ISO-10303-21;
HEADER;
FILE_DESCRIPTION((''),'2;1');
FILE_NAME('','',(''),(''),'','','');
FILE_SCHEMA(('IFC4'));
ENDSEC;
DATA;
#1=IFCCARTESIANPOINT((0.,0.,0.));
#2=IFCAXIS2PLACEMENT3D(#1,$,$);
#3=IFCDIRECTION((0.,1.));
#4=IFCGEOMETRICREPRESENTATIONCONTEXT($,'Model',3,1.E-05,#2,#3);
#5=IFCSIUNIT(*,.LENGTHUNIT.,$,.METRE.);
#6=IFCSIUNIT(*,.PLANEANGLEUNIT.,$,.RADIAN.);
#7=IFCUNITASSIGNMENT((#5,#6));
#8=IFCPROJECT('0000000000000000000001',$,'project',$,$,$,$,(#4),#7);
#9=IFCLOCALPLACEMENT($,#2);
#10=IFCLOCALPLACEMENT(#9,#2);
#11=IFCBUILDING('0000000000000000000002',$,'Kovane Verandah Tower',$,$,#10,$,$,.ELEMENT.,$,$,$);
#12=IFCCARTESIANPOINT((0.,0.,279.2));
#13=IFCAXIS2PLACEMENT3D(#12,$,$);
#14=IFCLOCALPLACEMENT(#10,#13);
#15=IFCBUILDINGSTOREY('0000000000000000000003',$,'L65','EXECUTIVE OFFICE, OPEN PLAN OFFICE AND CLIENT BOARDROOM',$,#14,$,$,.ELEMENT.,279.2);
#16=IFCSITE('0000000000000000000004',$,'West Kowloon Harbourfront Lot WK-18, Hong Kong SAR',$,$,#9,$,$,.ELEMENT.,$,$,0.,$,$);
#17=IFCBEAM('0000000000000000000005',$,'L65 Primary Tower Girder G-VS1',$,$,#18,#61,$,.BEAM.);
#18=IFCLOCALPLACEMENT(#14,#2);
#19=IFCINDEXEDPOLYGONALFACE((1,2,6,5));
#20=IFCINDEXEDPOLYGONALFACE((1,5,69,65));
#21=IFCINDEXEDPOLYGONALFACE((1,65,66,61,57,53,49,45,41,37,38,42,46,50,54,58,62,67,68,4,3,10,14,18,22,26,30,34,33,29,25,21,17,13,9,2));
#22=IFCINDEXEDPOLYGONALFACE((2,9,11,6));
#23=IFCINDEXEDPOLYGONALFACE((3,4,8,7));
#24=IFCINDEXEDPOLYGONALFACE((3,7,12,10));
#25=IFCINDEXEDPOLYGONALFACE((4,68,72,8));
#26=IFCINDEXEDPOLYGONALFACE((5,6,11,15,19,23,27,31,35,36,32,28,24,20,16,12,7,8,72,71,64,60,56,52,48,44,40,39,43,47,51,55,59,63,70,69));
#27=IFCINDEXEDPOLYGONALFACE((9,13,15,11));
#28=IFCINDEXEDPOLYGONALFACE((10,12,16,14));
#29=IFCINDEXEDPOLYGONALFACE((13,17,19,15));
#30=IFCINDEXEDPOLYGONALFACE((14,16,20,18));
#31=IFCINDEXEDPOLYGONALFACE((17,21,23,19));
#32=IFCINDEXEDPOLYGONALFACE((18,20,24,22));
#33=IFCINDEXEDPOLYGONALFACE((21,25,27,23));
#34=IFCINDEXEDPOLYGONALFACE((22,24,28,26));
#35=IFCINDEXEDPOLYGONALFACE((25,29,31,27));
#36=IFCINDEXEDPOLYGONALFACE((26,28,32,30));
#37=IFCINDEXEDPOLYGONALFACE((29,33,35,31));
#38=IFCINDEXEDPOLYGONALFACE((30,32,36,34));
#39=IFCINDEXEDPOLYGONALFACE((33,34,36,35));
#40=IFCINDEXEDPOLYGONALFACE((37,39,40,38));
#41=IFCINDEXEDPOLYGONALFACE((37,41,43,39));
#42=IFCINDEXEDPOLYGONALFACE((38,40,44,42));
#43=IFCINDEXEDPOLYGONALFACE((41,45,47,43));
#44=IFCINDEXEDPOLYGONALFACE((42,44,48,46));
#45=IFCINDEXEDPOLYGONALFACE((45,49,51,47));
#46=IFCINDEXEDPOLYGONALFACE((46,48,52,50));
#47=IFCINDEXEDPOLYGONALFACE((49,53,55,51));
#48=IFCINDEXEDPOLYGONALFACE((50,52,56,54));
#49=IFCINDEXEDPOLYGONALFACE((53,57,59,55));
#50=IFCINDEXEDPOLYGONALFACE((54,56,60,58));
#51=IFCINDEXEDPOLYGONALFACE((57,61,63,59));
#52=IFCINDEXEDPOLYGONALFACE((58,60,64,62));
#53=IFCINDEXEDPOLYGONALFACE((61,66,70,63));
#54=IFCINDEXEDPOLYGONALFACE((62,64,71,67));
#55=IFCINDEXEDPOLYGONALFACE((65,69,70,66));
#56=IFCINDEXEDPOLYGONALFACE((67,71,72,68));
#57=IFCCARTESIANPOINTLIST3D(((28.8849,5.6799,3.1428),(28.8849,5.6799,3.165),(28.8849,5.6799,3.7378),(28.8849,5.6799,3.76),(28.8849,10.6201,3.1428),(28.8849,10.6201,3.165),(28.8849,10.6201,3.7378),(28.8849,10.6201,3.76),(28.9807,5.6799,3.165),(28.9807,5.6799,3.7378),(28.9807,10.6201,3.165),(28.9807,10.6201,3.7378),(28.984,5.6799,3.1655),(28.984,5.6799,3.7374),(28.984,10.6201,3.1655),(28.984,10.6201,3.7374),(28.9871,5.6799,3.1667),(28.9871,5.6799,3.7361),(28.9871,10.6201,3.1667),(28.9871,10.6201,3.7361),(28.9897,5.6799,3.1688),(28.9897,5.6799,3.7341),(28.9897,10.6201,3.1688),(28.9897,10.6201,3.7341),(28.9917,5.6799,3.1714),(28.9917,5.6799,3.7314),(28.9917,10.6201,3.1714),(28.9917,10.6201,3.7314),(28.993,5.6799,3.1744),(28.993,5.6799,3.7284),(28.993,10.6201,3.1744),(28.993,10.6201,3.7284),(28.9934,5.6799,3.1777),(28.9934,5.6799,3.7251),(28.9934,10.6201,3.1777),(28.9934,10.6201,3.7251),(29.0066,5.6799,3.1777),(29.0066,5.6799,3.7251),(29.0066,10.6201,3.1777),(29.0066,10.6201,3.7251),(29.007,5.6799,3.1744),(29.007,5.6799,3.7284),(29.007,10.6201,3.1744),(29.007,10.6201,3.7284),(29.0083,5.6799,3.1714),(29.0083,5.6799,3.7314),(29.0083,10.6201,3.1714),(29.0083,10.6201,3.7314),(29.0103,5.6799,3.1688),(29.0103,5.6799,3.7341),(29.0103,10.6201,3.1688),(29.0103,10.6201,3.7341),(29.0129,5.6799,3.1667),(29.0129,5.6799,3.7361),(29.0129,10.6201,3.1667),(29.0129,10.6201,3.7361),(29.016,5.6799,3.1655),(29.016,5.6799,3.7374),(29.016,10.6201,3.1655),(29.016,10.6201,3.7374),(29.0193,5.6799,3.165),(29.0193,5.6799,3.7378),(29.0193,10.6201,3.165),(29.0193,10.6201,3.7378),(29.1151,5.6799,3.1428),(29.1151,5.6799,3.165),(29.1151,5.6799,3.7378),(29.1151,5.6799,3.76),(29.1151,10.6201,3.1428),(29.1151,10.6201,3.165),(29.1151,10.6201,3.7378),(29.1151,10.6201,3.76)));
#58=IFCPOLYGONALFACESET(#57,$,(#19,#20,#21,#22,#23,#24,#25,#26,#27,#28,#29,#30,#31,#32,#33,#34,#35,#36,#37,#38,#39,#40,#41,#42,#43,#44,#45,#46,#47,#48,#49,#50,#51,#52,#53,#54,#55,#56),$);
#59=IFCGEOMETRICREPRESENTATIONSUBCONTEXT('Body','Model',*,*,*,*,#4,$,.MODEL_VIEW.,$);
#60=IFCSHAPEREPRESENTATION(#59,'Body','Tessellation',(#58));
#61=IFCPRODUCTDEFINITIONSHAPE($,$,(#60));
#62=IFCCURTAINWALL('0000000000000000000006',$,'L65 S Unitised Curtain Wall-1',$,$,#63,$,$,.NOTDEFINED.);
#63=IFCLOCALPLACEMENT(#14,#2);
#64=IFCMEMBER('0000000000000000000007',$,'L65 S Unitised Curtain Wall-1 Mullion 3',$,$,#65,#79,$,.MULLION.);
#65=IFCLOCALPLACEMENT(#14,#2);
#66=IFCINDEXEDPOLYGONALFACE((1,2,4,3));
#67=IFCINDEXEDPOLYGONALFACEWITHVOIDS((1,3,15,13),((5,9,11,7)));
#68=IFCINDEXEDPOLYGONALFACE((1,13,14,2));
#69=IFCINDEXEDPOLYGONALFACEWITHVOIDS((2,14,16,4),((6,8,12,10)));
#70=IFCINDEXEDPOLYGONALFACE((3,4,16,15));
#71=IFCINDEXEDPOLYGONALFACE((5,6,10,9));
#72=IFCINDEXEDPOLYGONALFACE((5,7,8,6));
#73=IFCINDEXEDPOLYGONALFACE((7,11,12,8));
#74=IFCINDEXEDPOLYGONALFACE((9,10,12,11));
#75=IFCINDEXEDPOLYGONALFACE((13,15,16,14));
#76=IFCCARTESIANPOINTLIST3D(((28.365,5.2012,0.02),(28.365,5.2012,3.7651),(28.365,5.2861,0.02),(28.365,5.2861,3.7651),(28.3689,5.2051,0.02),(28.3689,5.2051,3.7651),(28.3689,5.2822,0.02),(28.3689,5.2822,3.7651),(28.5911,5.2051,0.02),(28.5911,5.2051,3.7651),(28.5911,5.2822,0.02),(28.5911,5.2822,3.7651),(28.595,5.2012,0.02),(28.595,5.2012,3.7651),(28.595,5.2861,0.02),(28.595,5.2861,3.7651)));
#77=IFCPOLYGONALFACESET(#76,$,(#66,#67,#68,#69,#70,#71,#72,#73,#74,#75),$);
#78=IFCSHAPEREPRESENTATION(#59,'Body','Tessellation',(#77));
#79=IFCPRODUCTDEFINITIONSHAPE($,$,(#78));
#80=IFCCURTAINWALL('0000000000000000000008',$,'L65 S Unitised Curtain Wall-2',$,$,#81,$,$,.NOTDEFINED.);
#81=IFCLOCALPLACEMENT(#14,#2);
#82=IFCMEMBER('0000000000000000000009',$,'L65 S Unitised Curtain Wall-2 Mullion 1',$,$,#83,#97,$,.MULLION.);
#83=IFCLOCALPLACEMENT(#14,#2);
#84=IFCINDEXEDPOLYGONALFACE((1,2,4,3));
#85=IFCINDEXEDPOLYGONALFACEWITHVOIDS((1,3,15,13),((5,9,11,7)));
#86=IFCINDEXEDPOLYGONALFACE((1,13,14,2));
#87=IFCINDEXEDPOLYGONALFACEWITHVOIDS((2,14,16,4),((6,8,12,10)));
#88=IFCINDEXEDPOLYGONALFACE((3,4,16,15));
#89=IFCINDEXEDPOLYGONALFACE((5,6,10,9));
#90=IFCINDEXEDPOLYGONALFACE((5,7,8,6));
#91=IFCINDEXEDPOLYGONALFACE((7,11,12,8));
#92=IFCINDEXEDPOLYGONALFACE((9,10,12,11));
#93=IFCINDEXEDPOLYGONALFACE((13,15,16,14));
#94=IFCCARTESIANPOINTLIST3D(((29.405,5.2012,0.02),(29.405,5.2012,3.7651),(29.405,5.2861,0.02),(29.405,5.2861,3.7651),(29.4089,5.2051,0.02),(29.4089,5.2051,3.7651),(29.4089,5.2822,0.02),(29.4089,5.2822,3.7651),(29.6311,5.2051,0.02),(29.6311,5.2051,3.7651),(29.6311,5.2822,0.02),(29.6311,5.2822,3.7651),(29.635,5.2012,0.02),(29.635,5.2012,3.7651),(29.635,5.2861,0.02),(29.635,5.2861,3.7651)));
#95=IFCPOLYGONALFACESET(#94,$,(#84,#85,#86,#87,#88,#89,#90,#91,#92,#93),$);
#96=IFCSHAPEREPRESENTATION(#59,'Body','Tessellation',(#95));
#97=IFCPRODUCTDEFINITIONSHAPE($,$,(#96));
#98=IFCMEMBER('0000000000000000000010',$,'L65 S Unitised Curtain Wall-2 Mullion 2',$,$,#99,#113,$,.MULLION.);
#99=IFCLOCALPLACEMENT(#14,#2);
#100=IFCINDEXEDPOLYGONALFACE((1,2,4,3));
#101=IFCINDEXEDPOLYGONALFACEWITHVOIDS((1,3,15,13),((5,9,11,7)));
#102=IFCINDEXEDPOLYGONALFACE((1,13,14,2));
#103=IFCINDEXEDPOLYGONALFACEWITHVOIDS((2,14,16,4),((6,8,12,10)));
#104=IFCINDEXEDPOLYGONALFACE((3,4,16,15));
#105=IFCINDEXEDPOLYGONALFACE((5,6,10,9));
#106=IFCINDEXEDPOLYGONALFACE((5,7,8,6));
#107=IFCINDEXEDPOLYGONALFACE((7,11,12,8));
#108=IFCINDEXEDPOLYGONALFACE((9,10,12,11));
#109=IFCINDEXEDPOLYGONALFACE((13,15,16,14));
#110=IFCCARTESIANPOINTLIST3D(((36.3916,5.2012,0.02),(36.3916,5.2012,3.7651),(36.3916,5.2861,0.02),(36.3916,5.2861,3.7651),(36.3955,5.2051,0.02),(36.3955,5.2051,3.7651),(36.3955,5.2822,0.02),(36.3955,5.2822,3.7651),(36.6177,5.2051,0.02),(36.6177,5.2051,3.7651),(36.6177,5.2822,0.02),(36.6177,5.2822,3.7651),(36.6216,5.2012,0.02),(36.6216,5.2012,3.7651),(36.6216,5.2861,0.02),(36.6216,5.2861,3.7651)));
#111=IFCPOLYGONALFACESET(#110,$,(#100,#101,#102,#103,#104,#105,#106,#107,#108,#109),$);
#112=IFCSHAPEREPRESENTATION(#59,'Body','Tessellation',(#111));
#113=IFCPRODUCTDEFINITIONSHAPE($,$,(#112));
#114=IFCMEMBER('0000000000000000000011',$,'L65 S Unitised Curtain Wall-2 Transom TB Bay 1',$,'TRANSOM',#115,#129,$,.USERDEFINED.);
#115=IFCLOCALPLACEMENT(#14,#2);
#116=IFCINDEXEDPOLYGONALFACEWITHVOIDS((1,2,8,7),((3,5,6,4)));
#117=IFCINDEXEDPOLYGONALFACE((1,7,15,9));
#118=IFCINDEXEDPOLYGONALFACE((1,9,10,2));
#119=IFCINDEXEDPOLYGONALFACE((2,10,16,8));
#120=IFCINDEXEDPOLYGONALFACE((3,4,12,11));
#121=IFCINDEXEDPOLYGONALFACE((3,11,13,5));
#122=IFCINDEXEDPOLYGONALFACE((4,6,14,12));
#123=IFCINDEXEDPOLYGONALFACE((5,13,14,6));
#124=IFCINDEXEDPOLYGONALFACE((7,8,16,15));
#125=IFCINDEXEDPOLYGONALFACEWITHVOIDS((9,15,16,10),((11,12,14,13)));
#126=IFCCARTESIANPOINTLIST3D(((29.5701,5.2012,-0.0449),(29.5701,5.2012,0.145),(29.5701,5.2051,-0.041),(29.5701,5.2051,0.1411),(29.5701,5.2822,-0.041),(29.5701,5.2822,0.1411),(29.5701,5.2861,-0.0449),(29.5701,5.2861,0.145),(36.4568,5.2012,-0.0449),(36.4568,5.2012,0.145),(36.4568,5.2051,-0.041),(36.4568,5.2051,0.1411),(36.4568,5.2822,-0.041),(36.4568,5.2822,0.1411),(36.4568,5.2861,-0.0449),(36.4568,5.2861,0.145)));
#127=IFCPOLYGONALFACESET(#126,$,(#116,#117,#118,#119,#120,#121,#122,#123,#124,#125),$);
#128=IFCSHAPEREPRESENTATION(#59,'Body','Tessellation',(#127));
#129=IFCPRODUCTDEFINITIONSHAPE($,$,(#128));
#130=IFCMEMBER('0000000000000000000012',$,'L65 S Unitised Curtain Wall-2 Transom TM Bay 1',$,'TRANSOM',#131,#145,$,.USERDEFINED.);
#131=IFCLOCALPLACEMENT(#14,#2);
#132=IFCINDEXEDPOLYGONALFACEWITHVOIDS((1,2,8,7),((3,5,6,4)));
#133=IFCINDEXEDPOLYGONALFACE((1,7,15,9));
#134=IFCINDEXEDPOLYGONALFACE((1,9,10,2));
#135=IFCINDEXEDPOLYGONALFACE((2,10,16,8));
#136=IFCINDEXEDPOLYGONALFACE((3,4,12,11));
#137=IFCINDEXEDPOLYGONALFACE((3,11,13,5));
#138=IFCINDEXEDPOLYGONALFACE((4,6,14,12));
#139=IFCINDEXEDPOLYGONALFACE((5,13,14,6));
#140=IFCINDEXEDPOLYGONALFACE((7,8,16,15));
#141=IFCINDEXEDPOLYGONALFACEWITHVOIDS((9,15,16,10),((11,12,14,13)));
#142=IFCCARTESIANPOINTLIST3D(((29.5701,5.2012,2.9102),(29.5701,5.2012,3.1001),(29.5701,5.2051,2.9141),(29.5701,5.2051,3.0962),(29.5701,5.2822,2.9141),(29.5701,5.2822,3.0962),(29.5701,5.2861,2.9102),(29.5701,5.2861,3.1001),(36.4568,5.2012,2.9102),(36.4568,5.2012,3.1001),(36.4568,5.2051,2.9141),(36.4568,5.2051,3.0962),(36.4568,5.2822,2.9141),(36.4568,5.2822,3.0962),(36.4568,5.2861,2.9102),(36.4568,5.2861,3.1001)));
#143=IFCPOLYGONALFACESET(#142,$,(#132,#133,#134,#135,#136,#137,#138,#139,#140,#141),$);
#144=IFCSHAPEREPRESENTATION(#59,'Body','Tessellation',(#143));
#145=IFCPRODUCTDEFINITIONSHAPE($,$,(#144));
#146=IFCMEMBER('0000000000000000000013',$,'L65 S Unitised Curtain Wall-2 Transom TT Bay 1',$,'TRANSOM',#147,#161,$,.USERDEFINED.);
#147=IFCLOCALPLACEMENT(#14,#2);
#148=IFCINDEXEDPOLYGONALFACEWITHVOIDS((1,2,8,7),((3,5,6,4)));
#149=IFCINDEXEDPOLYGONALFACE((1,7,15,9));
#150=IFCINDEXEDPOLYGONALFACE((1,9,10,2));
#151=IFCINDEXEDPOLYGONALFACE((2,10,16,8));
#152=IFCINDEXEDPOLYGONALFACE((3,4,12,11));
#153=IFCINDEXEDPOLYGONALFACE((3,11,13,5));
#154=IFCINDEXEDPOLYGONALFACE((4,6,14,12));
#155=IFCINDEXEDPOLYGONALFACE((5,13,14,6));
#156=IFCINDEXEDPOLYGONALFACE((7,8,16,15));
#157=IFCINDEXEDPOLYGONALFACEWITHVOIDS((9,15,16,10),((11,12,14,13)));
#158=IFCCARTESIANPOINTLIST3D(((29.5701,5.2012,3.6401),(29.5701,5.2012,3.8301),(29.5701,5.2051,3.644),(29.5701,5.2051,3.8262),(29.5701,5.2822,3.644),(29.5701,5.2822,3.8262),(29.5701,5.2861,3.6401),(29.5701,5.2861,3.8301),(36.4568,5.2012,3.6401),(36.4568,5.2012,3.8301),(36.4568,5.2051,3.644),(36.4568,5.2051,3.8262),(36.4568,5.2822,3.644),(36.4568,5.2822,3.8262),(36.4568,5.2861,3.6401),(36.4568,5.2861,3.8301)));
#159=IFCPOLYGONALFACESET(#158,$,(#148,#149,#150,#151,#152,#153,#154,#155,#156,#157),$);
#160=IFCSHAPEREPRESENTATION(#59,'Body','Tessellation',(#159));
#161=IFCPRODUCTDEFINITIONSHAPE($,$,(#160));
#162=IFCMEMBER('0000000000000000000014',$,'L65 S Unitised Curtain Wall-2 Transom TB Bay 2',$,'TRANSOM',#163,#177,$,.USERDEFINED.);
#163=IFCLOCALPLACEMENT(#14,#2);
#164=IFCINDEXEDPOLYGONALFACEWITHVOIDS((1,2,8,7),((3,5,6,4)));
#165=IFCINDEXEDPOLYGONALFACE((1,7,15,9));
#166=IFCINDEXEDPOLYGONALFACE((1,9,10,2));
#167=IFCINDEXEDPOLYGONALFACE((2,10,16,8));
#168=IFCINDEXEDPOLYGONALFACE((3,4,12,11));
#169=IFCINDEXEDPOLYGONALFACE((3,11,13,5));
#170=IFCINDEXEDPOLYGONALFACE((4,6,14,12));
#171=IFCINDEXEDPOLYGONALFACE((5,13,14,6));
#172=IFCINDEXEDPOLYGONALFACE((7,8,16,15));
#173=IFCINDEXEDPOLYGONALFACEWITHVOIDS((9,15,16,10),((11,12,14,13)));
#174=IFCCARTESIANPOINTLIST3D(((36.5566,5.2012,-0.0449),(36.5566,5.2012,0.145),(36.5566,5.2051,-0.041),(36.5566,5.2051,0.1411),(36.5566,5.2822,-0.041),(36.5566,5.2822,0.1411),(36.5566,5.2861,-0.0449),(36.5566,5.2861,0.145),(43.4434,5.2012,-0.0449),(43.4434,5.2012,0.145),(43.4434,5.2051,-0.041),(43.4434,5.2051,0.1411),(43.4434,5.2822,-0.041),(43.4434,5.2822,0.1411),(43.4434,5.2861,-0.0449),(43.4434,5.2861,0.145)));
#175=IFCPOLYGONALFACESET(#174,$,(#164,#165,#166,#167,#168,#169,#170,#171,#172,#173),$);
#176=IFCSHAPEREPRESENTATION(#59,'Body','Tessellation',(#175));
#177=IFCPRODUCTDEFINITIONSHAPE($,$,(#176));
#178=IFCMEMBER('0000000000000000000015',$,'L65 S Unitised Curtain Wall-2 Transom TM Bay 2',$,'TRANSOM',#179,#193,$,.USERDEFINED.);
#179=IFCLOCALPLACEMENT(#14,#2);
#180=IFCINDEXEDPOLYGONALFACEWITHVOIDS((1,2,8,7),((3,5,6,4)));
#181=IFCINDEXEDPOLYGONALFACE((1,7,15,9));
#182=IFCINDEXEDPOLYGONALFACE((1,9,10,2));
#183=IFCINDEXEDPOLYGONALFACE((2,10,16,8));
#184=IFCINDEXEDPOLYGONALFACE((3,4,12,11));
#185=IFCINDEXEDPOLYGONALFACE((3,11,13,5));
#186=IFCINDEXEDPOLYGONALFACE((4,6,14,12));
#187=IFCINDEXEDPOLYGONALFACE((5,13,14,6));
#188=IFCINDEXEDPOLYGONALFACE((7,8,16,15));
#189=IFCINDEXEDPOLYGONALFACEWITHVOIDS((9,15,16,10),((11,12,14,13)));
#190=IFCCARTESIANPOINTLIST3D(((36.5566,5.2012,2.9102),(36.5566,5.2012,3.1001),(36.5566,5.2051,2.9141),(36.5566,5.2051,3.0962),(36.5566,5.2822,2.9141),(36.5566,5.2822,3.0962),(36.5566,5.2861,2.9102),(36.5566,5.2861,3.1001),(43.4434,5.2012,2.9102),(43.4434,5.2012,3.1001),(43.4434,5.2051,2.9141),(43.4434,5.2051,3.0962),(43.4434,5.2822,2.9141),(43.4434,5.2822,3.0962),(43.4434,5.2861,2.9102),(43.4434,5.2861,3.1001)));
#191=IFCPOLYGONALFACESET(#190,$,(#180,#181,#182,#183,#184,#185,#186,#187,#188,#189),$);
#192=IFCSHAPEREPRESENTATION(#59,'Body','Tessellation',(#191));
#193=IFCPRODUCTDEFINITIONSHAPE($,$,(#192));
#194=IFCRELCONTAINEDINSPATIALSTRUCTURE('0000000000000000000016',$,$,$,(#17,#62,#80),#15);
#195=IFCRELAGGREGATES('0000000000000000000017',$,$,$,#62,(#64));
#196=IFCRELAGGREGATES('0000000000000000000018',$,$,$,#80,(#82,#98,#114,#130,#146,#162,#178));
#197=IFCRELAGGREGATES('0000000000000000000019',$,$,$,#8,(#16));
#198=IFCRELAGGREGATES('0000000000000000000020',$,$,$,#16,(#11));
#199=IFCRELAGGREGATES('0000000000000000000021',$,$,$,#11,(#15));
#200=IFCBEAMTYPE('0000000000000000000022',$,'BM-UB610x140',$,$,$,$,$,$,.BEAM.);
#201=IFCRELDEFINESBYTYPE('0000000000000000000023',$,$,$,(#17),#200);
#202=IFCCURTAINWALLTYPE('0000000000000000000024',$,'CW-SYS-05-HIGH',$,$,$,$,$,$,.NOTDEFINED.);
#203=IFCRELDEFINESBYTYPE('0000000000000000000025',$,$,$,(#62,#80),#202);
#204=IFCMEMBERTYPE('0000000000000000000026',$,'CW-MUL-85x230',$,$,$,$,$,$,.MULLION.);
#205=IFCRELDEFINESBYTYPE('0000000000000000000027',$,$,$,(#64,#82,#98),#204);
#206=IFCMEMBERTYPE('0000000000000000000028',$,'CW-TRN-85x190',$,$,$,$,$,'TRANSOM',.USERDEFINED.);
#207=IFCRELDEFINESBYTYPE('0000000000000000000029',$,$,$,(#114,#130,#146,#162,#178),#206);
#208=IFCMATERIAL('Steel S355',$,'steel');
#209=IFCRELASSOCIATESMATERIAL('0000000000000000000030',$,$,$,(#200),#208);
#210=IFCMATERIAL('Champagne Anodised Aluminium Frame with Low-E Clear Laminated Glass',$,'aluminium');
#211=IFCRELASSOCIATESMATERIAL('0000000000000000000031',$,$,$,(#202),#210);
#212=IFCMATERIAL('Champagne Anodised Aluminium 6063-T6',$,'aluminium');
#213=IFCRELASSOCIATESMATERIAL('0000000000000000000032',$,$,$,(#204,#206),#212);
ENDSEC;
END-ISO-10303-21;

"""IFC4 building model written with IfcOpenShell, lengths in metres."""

from ifc_helpers import new_model, si_unit, direction, frame, origin, origin_2d, place, context, subcontext, project, spatial, hollow_rectangle, i_section, extrude, material, material_profile, profile_set, type_object, element, aggregate, save


model = new_model("IFC4")

# Units and contexts
model_context = context("Model", 3, precision=1e-05, world=origin(), true_north=direction((0.0, 1.0)))
body_context = subcontext(model_context, "Body", "Model", "MODEL_VIEW")
ifc_project = project(units=[si_unit("LENGTHUNIT", "METRE"), si_unit("PLANEANGLEUNIT", "RADIAN")], contexts=[model_context])

# Site, building, storey
site_placement = place(None, origin())
site = spatial("IfcSite", under=ifc_project, at=site_placement, Name="West Kowloon Harbourfront Lot WK-18, Hong Kong SAR", CompositionType="ELEMENT", RefElevation=0.0)
building_placement = place(site_placement, origin())
building = spatial("IfcBuilding", under=site, at=building_placement, Name="Kovane Verandah Tower", CompositionType="ELEMENT")
storey_placement = place(building_placement, frame((0.0, 0.0, 279.2)))
storey = spatial("IfcBuildingStorey", under=building, at=storey_placement, Name="L65", Description="EXECUTIVE OFFICE, OPEN PLAN OFFICE AND CLIENT BOARDROOM", CompositionType="ELEMENT", Elevation=279.2)

# Beam
ifc_material_1 = material(Name="Steel S355", Category="steel")
ifc_material_profile_1 = material_profile(ifc_material_1, i_section(OverallWidth=0.2302, OverallDepth=0.6172, WebThickness=0.0132, FlangeThickness=0.0222, FilletRadius=0.0127, at=origin_2d()), Name="UB610x229x140")
ifc_profile_set_1 = profile_set([ifc_material_profile_1], Name="Steel S355")
beam_type_1 = type_object("IfcBeamType", Name="BM-UB610x140", PredefinedType="BEAM", material=ifc_profile_set_1)
beam_1_placement = place(storey_placement, frame((29.0, 10.6201, 3.4514), z_axis=(0.0, -1.0, 0.0), x_axis=(1.0, 0.0, 0.0)))
element("IfcBeam", 1, at=beam_1_placement, inside=storey, type_object=beam_type_1, Name="L65 Primary Tower Girder G-VS1", PredefinedType="BEAM", context=body_context, shape_type="SweptSolid", body=[
    extrude(i_section(OverallWidth=0.2302, OverallDepth=0.6172, WebThickness=0.0132, FlangeThickness=0.0222, FilletRadius=0.0127, at=origin_2d()), origin(), (0.0, 0.0, 1.0), 4.9402),
])

# Curtain wall, member
ifc_material_2 = material(Name="Champagne Anodised Aluminium Frame with Low-E Clear Laminated Glass", Category="aluminium")
curtain_wall_type = type_object("IfcCurtainWallType", Name="CW-SYS-05-HIGH", PredefinedType="NOTDEFINED", material=ifc_material_2)
curtain_wall_1_placement = place(storey_placement, origin())
curtain_wall_1 = element("IfcCurtainWall", 2, at=curtain_wall_1_placement, inside=storey, type_object=curtain_wall_type, Name="L65 S Unitised Curtain Wall-1", PredefinedType="NOTDEFINED")
ifc_material_3 = material(Name="Champagne Anodised Aluminium 6063-T6", Category="aluminium")
ifc_material_profile_2 = material_profile(ifc_material_3, hollow_rectangle(XDim=0.085, YDim=0.23, WallThickness=0.0039, at=origin_2d()), Name="AL85x230x4")
ifc_profile_set_2 = profile_set([ifc_material_profile_2], Name="Champagne Anodised Aluminium 6063-T6")
member_type_1 = type_object("IfcMemberType", Name="CW-MUL-85x230", PredefinedType="MULLION", material=ifc_profile_set_2)
member_1_placement = place(storey_placement, frame((28.48, 5.2437, 0.02), z_axis=(0.0, 0.0, 1.0), x_axis=(0.0, -1.0, 0.0)))
member_1 = element("IfcMember", 3, at=member_1_placement, type_object=member_type_1, Name="L65 S Unitised Curtain Wall-1 Mullion 3", PredefinedType="MULLION", context=body_context, shape_type="SweptSolid", body=[
    extrude(hollow_rectangle(XDim=0.085, YDim=0.23, WallThickness=0.0039, at=origin_2d()), origin(), (0.0, 0.0, 1.0), 3.7451),
])
aggregate(curtain_wall_1, [member_1])

# Curtain wall, members
curtain_wall_2_placement = place(storey_placement, origin())
curtain_wall_2 = element("IfcCurtainWall", 4, at=curtain_wall_2_placement, inside=storey, type_object=curtain_wall_type, Name="L65 S Unitised Curtain Wall-2", PredefinedType="NOTDEFINED")
member_2_placement = place(storey_placement, frame((29.52, 5.2437, 0.02), z_axis=(0.0, 0.0, 1.0), x_axis=(0.0, -1.0, 0.0)))
member_2 = element("IfcMember", 5, at=member_2_placement, type_object=member_type_1, Name="L65 S Unitised Curtain Wall-2 Mullion 1", PredefinedType="MULLION", context=body_context, shape_type="SweptSolid", body=[
    extrude(hollow_rectangle(XDim=0.085, YDim=0.23, WallThickness=0.0039, at=origin_2d()), origin(), (0.0, 0.0, 1.0), 3.7451),
])
member_3_placement = place(storey_placement, frame((36.5066, 5.2437, 0.02), z_axis=(0.0, 0.0, 1.0), x_axis=(0.0, -1.0, 0.0)))
member_3 = element("IfcMember", 6, at=member_3_placement, type_object=member_type_1, Name="L65 S Unitised Curtain Wall-2 Mullion 2", PredefinedType="MULLION", context=body_context, shape_type="SweptSolid", body=[
    extrude(hollow_rectangle(XDim=0.085, YDim=0.23, WallThickness=0.0039, at=origin_2d()), origin(), (0.0, 0.0, 1.0), 3.7451),
])
ifc_material_profile_3 = material_profile(ifc_material_3, hollow_rectangle(XDim=0.085, YDim=0.1899, WallThickness=0.0039, at=origin_2d()), Name="AL85x190x4")
ifc_profile_set_3 = profile_set([ifc_material_profile_3], Name="Champagne Anodised Aluminium 6063-T6")
member_type_2 = type_object("IfcMemberType", Name="CW-TRN-85x190", ElementType="TRANSOM", PredefinedType="USERDEFINED", material=ifc_profile_set_3)
member_4_placement = place(storey_placement, frame((29.5701, 5.2437, 0.05), z_axis=(1.0, 0.0, 0.0), x_axis=(0.0, 1.0, 0.0)))
member_4 = element("IfcMember", 7, at=member_4_placement, type_object=member_type_2, Name="L65 S Unitised Curtain Wall-2 Transom TB Bay 1", ObjectType="TRANSOM", PredefinedType="USERDEFINED", context=body_context, shape_type="SweptSolid", body=[
    extrude(hollow_rectangle(XDim=0.085, YDim=0.1899, WallThickness=0.0039, at=origin_2d()), origin(), (0.0, 0.0, 1.0), 6.8867),
])
member_5_placement = place(storey_placement, frame((29.5701, 5.2437, 3.0051), z_axis=(1.0, 0.0, 0.0), x_axis=(0.0, 1.0, 0.0)))
member_5 = element("IfcMember", 8, at=member_5_placement, type_object=member_type_2, Name="L65 S Unitised Curtain Wall-2 Transom TM Bay 1", ObjectType="TRANSOM", PredefinedType="USERDEFINED", context=body_context, shape_type="SweptSolid", body=[
    extrude(hollow_rectangle(XDim=0.085, YDim=0.1899, WallThickness=0.0039, at=origin_2d()), origin(), (0.0, 0.0, 1.0), 6.8867),
])
member_6_placement = place(storey_placement, frame((29.5701, 5.2437, 3.7351), z_axis=(1.0, 0.0, 0.0), x_axis=(0.0, 1.0, 0.0)))
member_6 = element("IfcMember", 9, at=member_6_placement, type_object=member_type_2, Name="L65 S Unitised Curtain Wall-2 Transom TT Bay 1", ObjectType="TRANSOM", PredefinedType="USERDEFINED", context=body_context, shape_type="SweptSolid", body=[
    extrude(hollow_rectangle(XDim=0.085, YDim=0.1899, WallThickness=0.0039, at=origin_2d()), origin(), (0.0, 0.0, 1.0), 6.8867),
])
member_7_placement = place(storey_placement, frame((36.5566, 5.2437, 0.05), z_axis=(1.0, 0.0, 0.0), x_axis=(0.0, 1.0, 0.0)))
member_7 = element("IfcMember", 10, at=member_7_placement, type_object=member_type_2, Name="L65 S Unitised Curtain Wall-2 Transom TB Bay 2", ObjectType="TRANSOM", PredefinedType="USERDEFINED", context=body_context, shape_type="SweptSolid", body=[
    extrude(hollow_rectangle(XDim=0.085, YDim=0.1899, WallThickness=0.0039, at=origin_2d()), origin(), (0.0, 0.0, 1.0), 6.8867),
])
member_8_placement = place(storey_placement, frame((36.5566, 5.2437, 3.0051), z_axis=(1.0, 0.0, 0.0), x_axis=(0.0, 1.0, 0.0)))
member_8 = element("IfcMember", 11, at=member_8_placement, type_object=member_type_2, Name="L65 S Unitised Curtain Wall-2 Transom TM Bay 2", ObjectType="TRANSOM", PredefinedType="USERDEFINED", context=body_context, shape_type="SweptSolid", body=[
    extrude(hollow_rectangle(XDim=0.085, YDim=0.1899, WallThickness=0.0039, at=origin_2d()), origin(), (0.0, 0.0, 1.0), 6.8867),
])

aggregate(curtain_wall_2, [member_2, member_3, member_4, member_5, member_6, member_7, member_8])

save(model, "model.ifc")
